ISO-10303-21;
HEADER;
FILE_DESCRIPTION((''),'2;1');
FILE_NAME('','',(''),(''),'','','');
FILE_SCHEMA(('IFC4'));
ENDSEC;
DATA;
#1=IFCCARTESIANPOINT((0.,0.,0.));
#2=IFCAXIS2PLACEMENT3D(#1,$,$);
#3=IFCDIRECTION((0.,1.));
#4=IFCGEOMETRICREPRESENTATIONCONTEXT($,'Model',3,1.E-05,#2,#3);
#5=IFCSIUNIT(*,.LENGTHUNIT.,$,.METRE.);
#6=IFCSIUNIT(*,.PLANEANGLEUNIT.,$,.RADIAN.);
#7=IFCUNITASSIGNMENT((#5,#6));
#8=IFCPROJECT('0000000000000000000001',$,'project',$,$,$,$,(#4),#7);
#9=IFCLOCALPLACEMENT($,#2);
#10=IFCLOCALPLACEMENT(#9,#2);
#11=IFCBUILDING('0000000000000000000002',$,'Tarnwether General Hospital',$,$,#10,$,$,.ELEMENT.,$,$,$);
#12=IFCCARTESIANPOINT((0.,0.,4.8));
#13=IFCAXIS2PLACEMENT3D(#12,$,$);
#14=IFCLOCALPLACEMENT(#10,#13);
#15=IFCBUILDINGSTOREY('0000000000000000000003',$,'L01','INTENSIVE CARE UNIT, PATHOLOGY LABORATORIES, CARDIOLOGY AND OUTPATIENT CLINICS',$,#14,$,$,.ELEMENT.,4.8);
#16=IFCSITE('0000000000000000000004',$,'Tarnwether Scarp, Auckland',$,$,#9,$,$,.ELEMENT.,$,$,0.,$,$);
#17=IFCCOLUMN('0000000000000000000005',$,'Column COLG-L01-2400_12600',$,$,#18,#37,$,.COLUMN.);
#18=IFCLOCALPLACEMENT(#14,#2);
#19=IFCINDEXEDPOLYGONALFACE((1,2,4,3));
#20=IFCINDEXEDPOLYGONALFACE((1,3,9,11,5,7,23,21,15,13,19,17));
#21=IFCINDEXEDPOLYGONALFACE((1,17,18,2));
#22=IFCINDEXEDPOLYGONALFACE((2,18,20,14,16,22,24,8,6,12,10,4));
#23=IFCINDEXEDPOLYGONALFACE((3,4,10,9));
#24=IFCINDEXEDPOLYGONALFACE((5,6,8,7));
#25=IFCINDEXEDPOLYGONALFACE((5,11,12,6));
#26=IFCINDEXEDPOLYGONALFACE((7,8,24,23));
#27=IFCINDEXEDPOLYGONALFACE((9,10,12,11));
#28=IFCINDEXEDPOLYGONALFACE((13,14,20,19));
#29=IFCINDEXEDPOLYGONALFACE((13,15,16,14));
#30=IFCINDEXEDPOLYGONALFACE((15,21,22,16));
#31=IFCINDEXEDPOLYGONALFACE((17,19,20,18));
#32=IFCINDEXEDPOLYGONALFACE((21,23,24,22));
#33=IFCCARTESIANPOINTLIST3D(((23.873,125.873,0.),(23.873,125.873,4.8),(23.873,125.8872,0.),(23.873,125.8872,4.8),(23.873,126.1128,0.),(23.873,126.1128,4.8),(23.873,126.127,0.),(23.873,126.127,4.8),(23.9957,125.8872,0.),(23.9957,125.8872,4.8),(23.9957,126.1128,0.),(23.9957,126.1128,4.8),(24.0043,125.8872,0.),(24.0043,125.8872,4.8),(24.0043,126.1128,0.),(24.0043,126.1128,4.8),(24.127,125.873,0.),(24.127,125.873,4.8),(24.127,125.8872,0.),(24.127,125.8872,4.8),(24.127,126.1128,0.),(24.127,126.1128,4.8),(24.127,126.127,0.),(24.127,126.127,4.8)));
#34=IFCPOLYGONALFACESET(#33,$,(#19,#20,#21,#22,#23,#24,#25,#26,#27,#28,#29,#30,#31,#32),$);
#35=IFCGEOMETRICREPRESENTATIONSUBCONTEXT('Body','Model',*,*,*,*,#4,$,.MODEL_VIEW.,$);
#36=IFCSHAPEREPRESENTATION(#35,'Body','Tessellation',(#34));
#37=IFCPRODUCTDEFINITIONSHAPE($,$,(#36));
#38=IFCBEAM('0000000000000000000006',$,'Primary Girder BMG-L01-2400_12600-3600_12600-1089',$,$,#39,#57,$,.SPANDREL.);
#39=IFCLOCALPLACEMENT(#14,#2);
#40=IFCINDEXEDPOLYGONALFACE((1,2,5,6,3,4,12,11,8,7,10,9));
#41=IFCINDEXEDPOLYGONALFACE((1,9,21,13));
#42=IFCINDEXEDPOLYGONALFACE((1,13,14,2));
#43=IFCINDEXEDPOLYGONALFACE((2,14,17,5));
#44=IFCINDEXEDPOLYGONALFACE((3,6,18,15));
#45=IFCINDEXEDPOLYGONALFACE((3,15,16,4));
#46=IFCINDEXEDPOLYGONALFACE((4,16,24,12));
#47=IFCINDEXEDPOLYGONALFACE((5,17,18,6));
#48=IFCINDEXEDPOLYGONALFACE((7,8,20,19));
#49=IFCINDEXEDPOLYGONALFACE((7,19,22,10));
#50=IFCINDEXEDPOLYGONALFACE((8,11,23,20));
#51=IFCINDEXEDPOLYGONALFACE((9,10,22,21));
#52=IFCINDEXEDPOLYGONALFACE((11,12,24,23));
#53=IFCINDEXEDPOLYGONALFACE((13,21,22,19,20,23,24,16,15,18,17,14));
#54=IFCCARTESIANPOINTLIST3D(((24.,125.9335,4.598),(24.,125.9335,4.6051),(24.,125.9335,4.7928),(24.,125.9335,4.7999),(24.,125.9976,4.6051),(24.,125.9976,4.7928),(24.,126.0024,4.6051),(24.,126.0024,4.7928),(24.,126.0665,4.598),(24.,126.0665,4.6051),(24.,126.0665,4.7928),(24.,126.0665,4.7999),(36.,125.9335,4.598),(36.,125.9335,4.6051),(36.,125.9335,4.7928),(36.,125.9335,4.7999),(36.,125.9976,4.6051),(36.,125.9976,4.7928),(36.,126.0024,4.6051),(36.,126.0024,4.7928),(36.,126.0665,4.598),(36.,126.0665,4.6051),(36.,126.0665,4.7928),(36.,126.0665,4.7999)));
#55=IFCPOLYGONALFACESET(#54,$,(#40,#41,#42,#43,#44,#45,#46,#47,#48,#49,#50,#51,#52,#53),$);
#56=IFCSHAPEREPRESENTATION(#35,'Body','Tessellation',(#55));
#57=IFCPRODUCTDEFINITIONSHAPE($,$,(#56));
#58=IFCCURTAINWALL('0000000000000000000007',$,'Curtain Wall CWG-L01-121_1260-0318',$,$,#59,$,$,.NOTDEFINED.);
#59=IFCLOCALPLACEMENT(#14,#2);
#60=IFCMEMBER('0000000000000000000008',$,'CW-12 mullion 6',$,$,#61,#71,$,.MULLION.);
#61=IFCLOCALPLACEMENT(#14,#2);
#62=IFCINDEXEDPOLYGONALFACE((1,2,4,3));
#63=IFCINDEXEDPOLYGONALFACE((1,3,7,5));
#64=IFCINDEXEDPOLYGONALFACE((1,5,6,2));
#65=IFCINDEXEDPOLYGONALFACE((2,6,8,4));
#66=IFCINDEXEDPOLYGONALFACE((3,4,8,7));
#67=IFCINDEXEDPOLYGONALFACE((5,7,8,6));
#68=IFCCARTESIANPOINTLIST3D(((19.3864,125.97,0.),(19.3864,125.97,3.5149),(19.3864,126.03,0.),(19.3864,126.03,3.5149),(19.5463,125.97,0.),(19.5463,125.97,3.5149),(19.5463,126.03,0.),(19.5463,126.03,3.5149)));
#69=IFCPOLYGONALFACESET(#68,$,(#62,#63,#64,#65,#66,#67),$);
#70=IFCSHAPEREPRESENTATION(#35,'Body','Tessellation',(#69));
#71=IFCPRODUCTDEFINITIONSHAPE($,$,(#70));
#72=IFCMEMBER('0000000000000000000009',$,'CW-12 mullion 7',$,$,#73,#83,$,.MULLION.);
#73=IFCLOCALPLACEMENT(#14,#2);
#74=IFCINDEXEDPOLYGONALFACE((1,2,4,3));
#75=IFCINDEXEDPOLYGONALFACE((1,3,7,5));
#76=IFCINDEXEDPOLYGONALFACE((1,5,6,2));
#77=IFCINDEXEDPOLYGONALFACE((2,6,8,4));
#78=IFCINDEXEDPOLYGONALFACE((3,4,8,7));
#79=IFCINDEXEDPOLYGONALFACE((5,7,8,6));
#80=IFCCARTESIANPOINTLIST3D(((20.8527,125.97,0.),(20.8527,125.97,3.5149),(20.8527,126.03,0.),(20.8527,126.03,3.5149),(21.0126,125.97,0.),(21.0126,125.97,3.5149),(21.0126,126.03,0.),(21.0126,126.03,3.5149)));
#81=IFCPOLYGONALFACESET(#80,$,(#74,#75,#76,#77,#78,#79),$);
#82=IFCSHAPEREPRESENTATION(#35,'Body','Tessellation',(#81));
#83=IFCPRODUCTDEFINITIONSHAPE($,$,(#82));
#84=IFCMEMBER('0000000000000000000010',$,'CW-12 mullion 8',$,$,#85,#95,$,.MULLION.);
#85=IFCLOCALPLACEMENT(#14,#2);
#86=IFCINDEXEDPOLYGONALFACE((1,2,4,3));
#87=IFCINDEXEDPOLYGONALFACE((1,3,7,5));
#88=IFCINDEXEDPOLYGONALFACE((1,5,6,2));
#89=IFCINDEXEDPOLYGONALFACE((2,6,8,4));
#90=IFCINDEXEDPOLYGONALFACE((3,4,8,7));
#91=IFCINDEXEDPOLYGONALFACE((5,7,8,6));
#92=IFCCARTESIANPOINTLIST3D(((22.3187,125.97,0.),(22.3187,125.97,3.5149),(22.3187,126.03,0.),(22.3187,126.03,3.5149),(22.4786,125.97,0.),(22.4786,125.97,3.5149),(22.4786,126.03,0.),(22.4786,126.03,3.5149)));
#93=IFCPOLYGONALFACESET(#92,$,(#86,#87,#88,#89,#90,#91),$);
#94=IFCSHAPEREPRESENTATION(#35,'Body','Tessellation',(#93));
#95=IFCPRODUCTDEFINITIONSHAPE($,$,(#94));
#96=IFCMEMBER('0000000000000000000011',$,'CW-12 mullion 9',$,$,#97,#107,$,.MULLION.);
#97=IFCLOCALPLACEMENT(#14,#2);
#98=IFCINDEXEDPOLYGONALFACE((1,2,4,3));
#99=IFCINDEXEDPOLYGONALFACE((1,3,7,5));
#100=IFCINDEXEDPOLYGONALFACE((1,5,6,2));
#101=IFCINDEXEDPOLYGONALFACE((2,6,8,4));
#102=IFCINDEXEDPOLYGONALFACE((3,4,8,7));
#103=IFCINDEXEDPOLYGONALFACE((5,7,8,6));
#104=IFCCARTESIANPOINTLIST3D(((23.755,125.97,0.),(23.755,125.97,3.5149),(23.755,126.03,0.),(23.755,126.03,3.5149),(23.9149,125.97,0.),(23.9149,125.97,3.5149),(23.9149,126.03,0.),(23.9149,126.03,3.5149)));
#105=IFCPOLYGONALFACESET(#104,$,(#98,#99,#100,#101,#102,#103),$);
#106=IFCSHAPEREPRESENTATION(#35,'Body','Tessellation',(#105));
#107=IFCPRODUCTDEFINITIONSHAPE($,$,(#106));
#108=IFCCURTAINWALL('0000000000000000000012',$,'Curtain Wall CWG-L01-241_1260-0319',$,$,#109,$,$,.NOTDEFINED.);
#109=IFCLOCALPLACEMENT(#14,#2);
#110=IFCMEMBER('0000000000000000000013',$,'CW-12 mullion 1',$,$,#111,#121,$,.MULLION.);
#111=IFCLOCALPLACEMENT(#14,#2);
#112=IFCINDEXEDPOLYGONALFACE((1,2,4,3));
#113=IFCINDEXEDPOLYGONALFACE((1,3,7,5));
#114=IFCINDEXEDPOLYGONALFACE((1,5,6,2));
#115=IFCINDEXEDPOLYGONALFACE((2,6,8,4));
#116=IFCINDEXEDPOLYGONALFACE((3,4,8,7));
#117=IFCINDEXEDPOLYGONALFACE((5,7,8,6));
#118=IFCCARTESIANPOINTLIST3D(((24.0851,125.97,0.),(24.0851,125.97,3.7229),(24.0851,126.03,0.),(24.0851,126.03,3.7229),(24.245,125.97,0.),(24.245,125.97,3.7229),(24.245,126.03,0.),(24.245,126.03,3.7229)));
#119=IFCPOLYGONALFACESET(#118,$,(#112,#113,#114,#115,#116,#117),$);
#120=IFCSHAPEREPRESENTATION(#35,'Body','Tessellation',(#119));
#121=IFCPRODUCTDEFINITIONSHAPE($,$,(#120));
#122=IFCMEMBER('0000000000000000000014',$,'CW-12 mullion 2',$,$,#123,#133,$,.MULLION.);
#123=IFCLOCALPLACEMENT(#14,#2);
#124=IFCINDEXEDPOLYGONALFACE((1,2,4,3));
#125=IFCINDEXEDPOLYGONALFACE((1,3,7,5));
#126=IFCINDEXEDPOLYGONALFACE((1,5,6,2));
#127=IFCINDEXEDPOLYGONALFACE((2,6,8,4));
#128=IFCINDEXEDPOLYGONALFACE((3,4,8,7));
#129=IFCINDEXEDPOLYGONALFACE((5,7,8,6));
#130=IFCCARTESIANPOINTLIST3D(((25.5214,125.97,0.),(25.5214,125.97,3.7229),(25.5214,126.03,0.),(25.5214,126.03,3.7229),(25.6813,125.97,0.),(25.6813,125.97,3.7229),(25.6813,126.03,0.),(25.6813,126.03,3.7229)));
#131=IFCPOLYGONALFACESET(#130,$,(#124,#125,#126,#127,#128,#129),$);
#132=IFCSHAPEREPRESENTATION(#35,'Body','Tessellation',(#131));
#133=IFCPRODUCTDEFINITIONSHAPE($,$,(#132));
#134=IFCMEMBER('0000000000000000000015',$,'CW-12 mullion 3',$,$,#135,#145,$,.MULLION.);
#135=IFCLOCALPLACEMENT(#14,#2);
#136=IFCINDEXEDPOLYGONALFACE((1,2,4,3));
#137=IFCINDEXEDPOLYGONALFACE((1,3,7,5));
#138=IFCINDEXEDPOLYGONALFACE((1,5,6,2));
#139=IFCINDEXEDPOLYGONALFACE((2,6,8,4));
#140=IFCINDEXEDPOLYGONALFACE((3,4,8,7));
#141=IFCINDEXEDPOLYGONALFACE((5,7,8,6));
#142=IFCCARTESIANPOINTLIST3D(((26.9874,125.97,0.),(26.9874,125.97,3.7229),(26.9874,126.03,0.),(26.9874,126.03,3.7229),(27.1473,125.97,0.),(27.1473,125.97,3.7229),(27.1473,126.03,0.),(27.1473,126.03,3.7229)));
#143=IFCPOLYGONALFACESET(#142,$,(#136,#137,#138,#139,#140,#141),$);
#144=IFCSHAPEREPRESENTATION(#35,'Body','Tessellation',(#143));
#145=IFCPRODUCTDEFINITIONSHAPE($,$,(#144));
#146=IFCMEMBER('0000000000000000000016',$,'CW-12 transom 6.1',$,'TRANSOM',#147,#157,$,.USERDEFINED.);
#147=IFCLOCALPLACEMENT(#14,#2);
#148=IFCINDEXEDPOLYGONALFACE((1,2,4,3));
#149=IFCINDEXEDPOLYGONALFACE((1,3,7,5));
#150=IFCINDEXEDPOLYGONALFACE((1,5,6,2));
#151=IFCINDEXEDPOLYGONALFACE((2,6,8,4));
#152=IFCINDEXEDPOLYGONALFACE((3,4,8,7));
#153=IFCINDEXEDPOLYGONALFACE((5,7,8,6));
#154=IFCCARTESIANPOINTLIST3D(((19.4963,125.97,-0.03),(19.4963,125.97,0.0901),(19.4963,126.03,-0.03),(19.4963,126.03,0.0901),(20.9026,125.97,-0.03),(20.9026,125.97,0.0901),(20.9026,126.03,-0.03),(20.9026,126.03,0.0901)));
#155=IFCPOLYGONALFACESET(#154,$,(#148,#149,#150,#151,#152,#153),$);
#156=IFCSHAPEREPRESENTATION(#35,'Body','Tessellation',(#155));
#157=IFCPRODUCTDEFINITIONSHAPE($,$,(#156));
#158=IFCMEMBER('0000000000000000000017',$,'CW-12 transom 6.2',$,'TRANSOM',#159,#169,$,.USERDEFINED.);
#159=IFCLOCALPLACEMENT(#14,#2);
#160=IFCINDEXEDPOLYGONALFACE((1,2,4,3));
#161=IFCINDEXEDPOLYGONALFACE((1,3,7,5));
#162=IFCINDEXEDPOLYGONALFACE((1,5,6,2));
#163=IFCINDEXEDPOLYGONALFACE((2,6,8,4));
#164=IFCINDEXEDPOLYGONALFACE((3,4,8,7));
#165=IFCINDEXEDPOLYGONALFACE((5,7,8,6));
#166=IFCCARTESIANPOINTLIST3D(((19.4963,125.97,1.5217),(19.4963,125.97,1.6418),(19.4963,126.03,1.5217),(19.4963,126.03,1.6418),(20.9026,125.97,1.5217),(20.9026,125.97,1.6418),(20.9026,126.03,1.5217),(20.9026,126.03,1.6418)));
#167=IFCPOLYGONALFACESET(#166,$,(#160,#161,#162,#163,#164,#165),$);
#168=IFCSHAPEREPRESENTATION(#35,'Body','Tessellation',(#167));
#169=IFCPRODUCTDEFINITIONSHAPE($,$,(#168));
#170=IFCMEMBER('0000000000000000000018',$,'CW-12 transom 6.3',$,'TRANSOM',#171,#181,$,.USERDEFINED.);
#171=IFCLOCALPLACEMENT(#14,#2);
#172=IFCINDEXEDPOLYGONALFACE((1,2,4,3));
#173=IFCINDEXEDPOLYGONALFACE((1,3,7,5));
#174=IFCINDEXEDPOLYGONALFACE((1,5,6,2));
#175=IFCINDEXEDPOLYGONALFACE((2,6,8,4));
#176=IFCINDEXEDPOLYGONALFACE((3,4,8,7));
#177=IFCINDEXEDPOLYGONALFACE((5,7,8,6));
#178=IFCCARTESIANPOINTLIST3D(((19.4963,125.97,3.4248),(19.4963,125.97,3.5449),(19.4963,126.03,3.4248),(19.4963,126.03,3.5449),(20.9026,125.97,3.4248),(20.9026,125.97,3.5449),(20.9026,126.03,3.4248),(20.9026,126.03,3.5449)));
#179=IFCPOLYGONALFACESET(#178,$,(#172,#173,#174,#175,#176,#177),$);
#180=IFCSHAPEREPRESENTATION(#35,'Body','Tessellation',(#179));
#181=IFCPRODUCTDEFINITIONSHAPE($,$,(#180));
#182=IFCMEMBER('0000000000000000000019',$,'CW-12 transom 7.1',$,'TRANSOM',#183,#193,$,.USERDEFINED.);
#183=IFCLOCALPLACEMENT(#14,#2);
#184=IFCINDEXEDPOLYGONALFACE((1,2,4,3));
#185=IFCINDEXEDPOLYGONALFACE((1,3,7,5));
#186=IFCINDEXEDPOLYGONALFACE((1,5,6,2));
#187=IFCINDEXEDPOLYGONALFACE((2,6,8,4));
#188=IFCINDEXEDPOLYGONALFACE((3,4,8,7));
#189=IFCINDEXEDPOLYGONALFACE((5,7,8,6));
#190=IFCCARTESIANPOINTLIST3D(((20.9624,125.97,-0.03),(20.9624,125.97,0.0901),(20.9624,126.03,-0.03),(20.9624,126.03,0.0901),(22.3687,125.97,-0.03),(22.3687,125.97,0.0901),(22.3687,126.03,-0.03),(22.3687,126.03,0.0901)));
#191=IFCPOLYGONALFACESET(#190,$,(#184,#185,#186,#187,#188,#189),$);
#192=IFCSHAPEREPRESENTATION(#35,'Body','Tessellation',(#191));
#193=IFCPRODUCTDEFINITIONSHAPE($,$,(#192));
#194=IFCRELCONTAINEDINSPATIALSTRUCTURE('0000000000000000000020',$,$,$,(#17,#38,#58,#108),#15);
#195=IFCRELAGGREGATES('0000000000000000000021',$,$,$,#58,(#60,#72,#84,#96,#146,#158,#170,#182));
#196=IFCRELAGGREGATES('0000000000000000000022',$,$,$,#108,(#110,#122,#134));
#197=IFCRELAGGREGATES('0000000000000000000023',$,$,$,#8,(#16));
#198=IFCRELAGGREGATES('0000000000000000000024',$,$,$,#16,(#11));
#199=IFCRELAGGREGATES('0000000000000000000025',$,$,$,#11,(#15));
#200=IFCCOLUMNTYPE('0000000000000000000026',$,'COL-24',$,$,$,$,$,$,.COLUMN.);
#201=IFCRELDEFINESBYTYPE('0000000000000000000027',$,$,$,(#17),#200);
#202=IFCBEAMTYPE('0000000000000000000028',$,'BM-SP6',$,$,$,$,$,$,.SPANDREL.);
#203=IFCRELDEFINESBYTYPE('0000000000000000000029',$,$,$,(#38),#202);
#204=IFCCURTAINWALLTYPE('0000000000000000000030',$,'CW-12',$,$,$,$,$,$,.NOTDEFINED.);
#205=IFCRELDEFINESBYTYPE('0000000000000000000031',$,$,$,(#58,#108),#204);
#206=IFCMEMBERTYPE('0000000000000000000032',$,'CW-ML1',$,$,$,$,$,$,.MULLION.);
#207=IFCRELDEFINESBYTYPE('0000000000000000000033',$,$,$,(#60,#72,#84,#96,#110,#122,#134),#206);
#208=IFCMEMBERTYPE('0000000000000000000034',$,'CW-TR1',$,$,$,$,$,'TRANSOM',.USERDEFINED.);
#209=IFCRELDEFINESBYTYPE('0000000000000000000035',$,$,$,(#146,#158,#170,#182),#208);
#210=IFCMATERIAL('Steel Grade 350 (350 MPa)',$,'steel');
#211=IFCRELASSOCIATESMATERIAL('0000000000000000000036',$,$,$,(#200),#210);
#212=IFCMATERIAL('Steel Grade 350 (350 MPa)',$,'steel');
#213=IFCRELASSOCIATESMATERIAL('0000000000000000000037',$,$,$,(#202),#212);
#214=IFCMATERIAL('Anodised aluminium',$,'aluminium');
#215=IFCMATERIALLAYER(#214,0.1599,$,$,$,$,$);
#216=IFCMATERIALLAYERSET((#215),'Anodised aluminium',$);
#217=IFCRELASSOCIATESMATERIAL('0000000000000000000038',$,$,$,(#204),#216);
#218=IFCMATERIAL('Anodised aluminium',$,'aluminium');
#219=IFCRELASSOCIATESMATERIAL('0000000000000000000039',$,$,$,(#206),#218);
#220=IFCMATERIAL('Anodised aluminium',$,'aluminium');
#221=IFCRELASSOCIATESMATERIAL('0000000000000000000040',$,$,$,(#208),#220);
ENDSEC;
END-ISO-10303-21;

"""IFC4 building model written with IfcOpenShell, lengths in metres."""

from ifc_helpers import new_model, si_unit, direction, frame, origin, origin_2d, place, context, subcontext, project, spatial, rectangle, i_section, extrude, material, layer, layer_set, material_profile, profile_set, type_object, element, aggregate, save


model = new_model("IFC4")

# Units and contexts
model_context = context("Model", 3, precision=1e-05, world=origin(), true_north=direction((0.0, 1.0)))
body_context = subcontext(model_context, "Body", "Model", "MODEL_VIEW")
ifc_project = project(units=[si_unit("LENGTHUNIT", "METRE"), si_unit("PLANEANGLEUNIT", "RADIAN")], contexts=[model_context])

# Site, building, storey
site_placement = place(None, origin())
site = spatial("IfcSite", under=ifc_project, at=site_placement, Name="Tarnwether Scarp, Auckland", CompositionType="ELEMENT", RefElevation=0.0)
building_placement = place(site_placement, origin())
building = spatial("IfcBuilding", under=site, at=building_placement, Name="Tarnwether General Hospital", CompositionType="ELEMENT")
storey_placement = place(building_placement, frame((0.0, 0.0, 4.8)))
storey = spatial("IfcBuildingStorey", under=building, at=storey_placement, Name="L01", Description="INTENSIVE CARE UNIT, PATHOLOGY LABORATORIES, CARDIOLOGY AND OUTPATIENT CLINICS", CompositionType="ELEMENT", Elevation=4.8)

# Column
ifc_material_1 = material(Name="Steel Grade 350 (350 MPa)", Category="steel")
ifc_material_profile_1 = material_profile(ifc_material_1, i_section(OverallWidth=0.2539, OverallDepth=0.2539, WebThickness=0.0085, FlangeThickness=0.0142, at=origin_2d()), Name="250UC72.9")
ifc_profile_set_1 = profile_set([ifc_material_profile_1], Name="Steel Grade 350 (350 MPa)")
column_type = type_object("IfcColumnType", Name="COL-24", PredefinedType="COLUMN", material=ifc_profile_set_1)
column_placement = place(storey_placement, frame((24.0, 126.0, 0.0), z_axis=(0.0, 0.0, 1.0), x_axis=(1.0, 0.0, 0.0)))
element("IfcColumn", 1, at=column_placement, inside=storey, type_object=column_type, Name="Column COLG-L01-2400_12600", PredefinedType="COLUMN", context=body_context, shape_type="SweptSolid", body=[
    extrude(i_section(OverallWidth=0.2539, OverallDepth=0.2539, WebThickness=0.0085, FlangeThickness=0.0142, at=origin_2d()), origin(), (0.0, 0.0, 1.0), 4.8),
])

# Beam
ifc_material_2 = material(Name="Steel Grade 350 (350 MPa)", Category="steel")
ifc_material_profile_2 = material_profile(ifc_material_2, i_section(OverallWidth=0.1331, OverallDepth=0.2019, WebThickness=0.0049, FlangeThickness=0.0071, at=origin_2d()), Name="200UB22.3")
ifc_profile_set_2 = profile_set([ifc_material_profile_2], Name="Steel Grade 350 (350 MPa)")
beam_type = type_object("IfcBeamType", Name="BM-SP6", PredefinedType="SPANDREL", material=ifc_profile_set_2)
beam_placement = place(storey_placement, frame((24.0, 126.0, 4.699), z_axis=(1.0, 0.0, 0.0), x_axis=(0.0, 1.0, 0.0)))
element("IfcBeam", 2, at=beam_placement, inside=storey, type_object=beam_type, Name="Primary Girder BMG-L01-2400_12600-3600_12600-1089", PredefinedType="SPANDREL", context=body_context, shape_type="SweptSolid", body=[
    extrude(i_section(OverallWidth=0.1331, OverallDepth=0.2019, WebThickness=0.0049, FlangeThickness=0.0071, at=origin_2d()), origin(), (0.0, 0.0, 1.0), 12.0),
])

# Curtain walls, members
ifc_material_3 = material(Name="Anodised aluminium", Category="aluminium")
ifc_layer_1 = layer(ifc_material_3, 0.1599)
ifc_layer_set_1 = layer_set([ifc_layer_1], Name="Anodised aluminium")
curtain_wall_type = type_object("IfcCurtainWallType", Name="CW-12", PredefinedType="NOTDEFINED", material=ifc_layer_set_1)
curtain_wall_1_placement = place(storey_placement, origin())
curtain_wall_1 = element("IfcCurtainWall", 3, at=curtain_wall_1_placement, inside=storey, type_object=curtain_wall_type, Name="Curtain Wall CWG-L01-121_1260-0318", PredefinedType="NOTDEFINED")
ifc_material_4 = material(Name="Anodised aluminium", Category="aluminium")
ifc_material_profile_3 = material_profile(ifc_material_4, rectangle(XDim=0.0601, YDim=0.1599, at=origin_2d()), Name="ALU-MUL-60x160")
ifc_profile_set_3 = profile_set([ifc_material_profile_3], Name="Anodised aluminium")
member_type_1 = type_object("IfcMemberType", Name="CW-ML1", PredefinedType="MULLION", material=ifc_profile_set_3)
member_1_placement = place(storey_placement, frame((19.4663, 126.0, 0.0), z_axis=(0.0, 0.0, 1.0), x_axis=(0.0, 1.0, 0.0)))
member_1 = element("IfcMember", 4, at=member_1_placement, type_object=member_type_1, Name="CW-12 mullion 6", PredefinedType="MULLION", context=body_context, shape_type="SweptSolid", body=[
    extrude(rectangle(XDim=0.0601, YDim=0.1599, at=origin_2d()), origin(), (0.0, 0.0, 1.0), 3.5149),
])
member_2_placement = place(storey_placement, frame((20.9326, 126.0, 0.0), z_axis=(0.0, 0.0, 1.0), x_axis=(0.0, 1.0, 0.0)))
member_2 = element("IfcMember", 5, at=member_2_placement, type_object=member_type_1, Name="CW-12 mullion 7", PredefinedType="MULLION", context=body_context, shape_type="SweptSolid", body=[
    extrude(rectangle(XDim=0.0601, YDim=0.1599, at=origin_2d()), origin(), (0.0, 0.0, 1.0), 3.5149),
])
member_3_placement = place(storey_placement, frame((22.3987, 126.0, 0.0), z_axis=(0.0, 0.0, 1.0), x_axis=(0.0, 1.0, 0.0)))
member_3 = element("IfcMember", 6, at=member_3_placement, type_object=member_type_1, Name="CW-12 mullion 8", PredefinedType="MULLION", context=body_context, shape_type="SweptSolid", body=[
    extrude(rectangle(XDim=0.0601, YDim=0.1599, at=origin_2d()), origin(), (0.0, 0.0, 1.0), 3.5149),
])
member_4_placement = place(storey_placement, frame((23.835, 126.0, 0.0), z_axis=(0.0, 0.0, 1.0), x_axis=(0.0, 1.0, 0.0)))
member_4 = element("IfcMember", 7, at=member_4_placement, type_object=member_type_1, Name="CW-12 mullion 9", PredefinedType="MULLION", context=body_context, shape_type="SweptSolid", body=[
    extrude(rectangle(XDim=0.0601, YDim=0.1599, at=origin_2d()), origin(), (0.0, 0.0, 1.0), 3.5149),
])
curtain_wall_2_placement = place(storey_placement, origin())
curtain_wall_2 = element("IfcCurtainWall", 8, at=curtain_wall_2_placement, inside=storey, type_object=curtain_wall_type, Name="Curtain Wall CWG-L01-241_1260-0319", PredefinedType="NOTDEFINED")
member_5_placement = place(storey_placement, frame((24.165, 126.0, 0.0), z_axis=(0.0, 0.0, 1.0), x_axis=(0.0, 1.0, 0.0)))
member_5 = element("IfcMember", 9, at=member_5_placement, type_object=member_type_1, Name="CW-12 mullion 1", PredefinedType="MULLION", context=body_context, shape_type="SweptSolid", body=[
    extrude(rectangle(XDim=0.0601, YDim=0.1599, at=origin_2d()), origin(), (0.0, 0.0, 1.0), 3.7229),
])
member_6_placement = place(storey_placement, frame((25.6013, 126.0, 0.0), z_axis=(0.0, 0.0, 1.0), x_axis=(0.0, 1.0, 0.0)))
member_6 = element("IfcMember", 10, at=member_6_placement, type_object=member_type_1, Name="CW-12 mullion 2", PredefinedType="MULLION", context=body_context, shape_type="SweptSolid", body=[
    extrude(rectangle(XDim=0.0601, YDim=0.1599, at=origin_2d()), origin(), (0.0, 0.0, 1.0), 3.7229),
])
member_7_placement = place(storey_placement, frame((27.0674, 126.0, 0.0), z_axis=(0.0, 0.0, 1.0), x_axis=(0.0, 1.0, 0.0)))
member_7 = element("IfcMember", 11, at=member_7_placement, type_object=member_type_1, Name="CW-12 mullion 3", PredefinedType="MULLION", context=body_context, shape_type="SweptSolid", body=[
    extrude(rectangle(XDim=0.0601, YDim=0.1599, at=origin_2d()), origin(), (0.0, 0.0, 1.0), 3.7229),
])

# Members
ifc_material_5 = material(Name="Anodised aluminium", Category="aluminium")
ifc_material_profile_4 = material_profile(ifc_material_5, rectangle(XDim=0.0601, YDim=0.1201, at=origin_2d()), Name="ALU-TRN-60x120")
ifc_profile_set_4 = profile_set([ifc_material_profile_4], Name="Anodised aluminium")
member_type_2 = type_object("IfcMemberType", Name="CW-TR1", ElementType="TRANSOM", PredefinedType="USERDEFINED", material=ifc_profile_set_4)
member_8_placement = place(storey_placement, frame((19.4963, 126.0, 0.03), z_axis=(1.0, 0.0, 0.0), x_axis=(0.0, 1.0, 0.0)))
member_8 = element("IfcMember", 12, at=member_8_placement, type_object=member_type_2, Name="CW-12 transom 6.1", ObjectType="TRANSOM", PredefinedType="USERDEFINED", context=body_context, shape_type="SweptSolid", body=[
    extrude(rectangle(XDim=0.0601, YDim=0.1201, at=origin_2d()), origin(), (0.0, 0.0, 1.0), 1.4062),
])
member_9_placement = place(storey_placement, frame((19.4963, 126.0, 1.5818), z_axis=(1.0, 0.0, 0.0), x_axis=(0.0, 1.0, 0.0)))
member_9 = element("IfcMember", 13, at=member_9_placement, type_object=member_type_2, Name="CW-12 transom 6.2", ObjectType="TRANSOM", PredefinedType="USERDEFINED", context=body_context, shape_type="SweptSolid", body=[
    extrude(rectangle(XDim=0.0601, YDim=0.1201, at=origin_2d()), origin(), (0.0, 0.0, 1.0), 1.4062),
])
member_10_placement = place(storey_placement, frame((19.4963, 126.0, 3.4849), z_axis=(1.0, 0.0, 0.0), x_axis=(0.0, 1.0, 0.0)))
member_10 = element("IfcMember", 14, at=member_10_placement, type_object=member_type_2, Name="CW-12 transom 6.3", ObjectType="TRANSOM", PredefinedType="USERDEFINED", context=body_context, shape_type="SweptSolid", body=[
    extrude(rectangle(XDim=0.0601, YDim=0.1201, at=origin_2d()), origin(), (0.0, 0.0, 1.0), 1.4062),
])
member_11_placement = place(storey_placement, frame((20.9624, 126.0, 0.03), z_axis=(1.0, 0.0, 0.0), x_axis=(0.0, 1.0, 0.0)))
member_11 = element("IfcMember", 15, at=member_11_placement, type_object=member_type_2, Name="CW-12 transom 7.1", ObjectType="TRANSOM", PredefinedType="USERDEFINED", context=body_context, shape_type="SweptSolid", body=[
    extrude(rectangle(XDim=0.0601, YDim=0.1201, at=origin_2d()), origin(), (0.0, 0.0, 1.0), 1.4062),
])

aggregate(curtain_wall_1, [member_1, member_2, member_3, member_4, member_8, member_9, member_10, member_11])
aggregate(curtain_wall_2, [member_5, member_6, member_7])

save(model, "model.ifc")
